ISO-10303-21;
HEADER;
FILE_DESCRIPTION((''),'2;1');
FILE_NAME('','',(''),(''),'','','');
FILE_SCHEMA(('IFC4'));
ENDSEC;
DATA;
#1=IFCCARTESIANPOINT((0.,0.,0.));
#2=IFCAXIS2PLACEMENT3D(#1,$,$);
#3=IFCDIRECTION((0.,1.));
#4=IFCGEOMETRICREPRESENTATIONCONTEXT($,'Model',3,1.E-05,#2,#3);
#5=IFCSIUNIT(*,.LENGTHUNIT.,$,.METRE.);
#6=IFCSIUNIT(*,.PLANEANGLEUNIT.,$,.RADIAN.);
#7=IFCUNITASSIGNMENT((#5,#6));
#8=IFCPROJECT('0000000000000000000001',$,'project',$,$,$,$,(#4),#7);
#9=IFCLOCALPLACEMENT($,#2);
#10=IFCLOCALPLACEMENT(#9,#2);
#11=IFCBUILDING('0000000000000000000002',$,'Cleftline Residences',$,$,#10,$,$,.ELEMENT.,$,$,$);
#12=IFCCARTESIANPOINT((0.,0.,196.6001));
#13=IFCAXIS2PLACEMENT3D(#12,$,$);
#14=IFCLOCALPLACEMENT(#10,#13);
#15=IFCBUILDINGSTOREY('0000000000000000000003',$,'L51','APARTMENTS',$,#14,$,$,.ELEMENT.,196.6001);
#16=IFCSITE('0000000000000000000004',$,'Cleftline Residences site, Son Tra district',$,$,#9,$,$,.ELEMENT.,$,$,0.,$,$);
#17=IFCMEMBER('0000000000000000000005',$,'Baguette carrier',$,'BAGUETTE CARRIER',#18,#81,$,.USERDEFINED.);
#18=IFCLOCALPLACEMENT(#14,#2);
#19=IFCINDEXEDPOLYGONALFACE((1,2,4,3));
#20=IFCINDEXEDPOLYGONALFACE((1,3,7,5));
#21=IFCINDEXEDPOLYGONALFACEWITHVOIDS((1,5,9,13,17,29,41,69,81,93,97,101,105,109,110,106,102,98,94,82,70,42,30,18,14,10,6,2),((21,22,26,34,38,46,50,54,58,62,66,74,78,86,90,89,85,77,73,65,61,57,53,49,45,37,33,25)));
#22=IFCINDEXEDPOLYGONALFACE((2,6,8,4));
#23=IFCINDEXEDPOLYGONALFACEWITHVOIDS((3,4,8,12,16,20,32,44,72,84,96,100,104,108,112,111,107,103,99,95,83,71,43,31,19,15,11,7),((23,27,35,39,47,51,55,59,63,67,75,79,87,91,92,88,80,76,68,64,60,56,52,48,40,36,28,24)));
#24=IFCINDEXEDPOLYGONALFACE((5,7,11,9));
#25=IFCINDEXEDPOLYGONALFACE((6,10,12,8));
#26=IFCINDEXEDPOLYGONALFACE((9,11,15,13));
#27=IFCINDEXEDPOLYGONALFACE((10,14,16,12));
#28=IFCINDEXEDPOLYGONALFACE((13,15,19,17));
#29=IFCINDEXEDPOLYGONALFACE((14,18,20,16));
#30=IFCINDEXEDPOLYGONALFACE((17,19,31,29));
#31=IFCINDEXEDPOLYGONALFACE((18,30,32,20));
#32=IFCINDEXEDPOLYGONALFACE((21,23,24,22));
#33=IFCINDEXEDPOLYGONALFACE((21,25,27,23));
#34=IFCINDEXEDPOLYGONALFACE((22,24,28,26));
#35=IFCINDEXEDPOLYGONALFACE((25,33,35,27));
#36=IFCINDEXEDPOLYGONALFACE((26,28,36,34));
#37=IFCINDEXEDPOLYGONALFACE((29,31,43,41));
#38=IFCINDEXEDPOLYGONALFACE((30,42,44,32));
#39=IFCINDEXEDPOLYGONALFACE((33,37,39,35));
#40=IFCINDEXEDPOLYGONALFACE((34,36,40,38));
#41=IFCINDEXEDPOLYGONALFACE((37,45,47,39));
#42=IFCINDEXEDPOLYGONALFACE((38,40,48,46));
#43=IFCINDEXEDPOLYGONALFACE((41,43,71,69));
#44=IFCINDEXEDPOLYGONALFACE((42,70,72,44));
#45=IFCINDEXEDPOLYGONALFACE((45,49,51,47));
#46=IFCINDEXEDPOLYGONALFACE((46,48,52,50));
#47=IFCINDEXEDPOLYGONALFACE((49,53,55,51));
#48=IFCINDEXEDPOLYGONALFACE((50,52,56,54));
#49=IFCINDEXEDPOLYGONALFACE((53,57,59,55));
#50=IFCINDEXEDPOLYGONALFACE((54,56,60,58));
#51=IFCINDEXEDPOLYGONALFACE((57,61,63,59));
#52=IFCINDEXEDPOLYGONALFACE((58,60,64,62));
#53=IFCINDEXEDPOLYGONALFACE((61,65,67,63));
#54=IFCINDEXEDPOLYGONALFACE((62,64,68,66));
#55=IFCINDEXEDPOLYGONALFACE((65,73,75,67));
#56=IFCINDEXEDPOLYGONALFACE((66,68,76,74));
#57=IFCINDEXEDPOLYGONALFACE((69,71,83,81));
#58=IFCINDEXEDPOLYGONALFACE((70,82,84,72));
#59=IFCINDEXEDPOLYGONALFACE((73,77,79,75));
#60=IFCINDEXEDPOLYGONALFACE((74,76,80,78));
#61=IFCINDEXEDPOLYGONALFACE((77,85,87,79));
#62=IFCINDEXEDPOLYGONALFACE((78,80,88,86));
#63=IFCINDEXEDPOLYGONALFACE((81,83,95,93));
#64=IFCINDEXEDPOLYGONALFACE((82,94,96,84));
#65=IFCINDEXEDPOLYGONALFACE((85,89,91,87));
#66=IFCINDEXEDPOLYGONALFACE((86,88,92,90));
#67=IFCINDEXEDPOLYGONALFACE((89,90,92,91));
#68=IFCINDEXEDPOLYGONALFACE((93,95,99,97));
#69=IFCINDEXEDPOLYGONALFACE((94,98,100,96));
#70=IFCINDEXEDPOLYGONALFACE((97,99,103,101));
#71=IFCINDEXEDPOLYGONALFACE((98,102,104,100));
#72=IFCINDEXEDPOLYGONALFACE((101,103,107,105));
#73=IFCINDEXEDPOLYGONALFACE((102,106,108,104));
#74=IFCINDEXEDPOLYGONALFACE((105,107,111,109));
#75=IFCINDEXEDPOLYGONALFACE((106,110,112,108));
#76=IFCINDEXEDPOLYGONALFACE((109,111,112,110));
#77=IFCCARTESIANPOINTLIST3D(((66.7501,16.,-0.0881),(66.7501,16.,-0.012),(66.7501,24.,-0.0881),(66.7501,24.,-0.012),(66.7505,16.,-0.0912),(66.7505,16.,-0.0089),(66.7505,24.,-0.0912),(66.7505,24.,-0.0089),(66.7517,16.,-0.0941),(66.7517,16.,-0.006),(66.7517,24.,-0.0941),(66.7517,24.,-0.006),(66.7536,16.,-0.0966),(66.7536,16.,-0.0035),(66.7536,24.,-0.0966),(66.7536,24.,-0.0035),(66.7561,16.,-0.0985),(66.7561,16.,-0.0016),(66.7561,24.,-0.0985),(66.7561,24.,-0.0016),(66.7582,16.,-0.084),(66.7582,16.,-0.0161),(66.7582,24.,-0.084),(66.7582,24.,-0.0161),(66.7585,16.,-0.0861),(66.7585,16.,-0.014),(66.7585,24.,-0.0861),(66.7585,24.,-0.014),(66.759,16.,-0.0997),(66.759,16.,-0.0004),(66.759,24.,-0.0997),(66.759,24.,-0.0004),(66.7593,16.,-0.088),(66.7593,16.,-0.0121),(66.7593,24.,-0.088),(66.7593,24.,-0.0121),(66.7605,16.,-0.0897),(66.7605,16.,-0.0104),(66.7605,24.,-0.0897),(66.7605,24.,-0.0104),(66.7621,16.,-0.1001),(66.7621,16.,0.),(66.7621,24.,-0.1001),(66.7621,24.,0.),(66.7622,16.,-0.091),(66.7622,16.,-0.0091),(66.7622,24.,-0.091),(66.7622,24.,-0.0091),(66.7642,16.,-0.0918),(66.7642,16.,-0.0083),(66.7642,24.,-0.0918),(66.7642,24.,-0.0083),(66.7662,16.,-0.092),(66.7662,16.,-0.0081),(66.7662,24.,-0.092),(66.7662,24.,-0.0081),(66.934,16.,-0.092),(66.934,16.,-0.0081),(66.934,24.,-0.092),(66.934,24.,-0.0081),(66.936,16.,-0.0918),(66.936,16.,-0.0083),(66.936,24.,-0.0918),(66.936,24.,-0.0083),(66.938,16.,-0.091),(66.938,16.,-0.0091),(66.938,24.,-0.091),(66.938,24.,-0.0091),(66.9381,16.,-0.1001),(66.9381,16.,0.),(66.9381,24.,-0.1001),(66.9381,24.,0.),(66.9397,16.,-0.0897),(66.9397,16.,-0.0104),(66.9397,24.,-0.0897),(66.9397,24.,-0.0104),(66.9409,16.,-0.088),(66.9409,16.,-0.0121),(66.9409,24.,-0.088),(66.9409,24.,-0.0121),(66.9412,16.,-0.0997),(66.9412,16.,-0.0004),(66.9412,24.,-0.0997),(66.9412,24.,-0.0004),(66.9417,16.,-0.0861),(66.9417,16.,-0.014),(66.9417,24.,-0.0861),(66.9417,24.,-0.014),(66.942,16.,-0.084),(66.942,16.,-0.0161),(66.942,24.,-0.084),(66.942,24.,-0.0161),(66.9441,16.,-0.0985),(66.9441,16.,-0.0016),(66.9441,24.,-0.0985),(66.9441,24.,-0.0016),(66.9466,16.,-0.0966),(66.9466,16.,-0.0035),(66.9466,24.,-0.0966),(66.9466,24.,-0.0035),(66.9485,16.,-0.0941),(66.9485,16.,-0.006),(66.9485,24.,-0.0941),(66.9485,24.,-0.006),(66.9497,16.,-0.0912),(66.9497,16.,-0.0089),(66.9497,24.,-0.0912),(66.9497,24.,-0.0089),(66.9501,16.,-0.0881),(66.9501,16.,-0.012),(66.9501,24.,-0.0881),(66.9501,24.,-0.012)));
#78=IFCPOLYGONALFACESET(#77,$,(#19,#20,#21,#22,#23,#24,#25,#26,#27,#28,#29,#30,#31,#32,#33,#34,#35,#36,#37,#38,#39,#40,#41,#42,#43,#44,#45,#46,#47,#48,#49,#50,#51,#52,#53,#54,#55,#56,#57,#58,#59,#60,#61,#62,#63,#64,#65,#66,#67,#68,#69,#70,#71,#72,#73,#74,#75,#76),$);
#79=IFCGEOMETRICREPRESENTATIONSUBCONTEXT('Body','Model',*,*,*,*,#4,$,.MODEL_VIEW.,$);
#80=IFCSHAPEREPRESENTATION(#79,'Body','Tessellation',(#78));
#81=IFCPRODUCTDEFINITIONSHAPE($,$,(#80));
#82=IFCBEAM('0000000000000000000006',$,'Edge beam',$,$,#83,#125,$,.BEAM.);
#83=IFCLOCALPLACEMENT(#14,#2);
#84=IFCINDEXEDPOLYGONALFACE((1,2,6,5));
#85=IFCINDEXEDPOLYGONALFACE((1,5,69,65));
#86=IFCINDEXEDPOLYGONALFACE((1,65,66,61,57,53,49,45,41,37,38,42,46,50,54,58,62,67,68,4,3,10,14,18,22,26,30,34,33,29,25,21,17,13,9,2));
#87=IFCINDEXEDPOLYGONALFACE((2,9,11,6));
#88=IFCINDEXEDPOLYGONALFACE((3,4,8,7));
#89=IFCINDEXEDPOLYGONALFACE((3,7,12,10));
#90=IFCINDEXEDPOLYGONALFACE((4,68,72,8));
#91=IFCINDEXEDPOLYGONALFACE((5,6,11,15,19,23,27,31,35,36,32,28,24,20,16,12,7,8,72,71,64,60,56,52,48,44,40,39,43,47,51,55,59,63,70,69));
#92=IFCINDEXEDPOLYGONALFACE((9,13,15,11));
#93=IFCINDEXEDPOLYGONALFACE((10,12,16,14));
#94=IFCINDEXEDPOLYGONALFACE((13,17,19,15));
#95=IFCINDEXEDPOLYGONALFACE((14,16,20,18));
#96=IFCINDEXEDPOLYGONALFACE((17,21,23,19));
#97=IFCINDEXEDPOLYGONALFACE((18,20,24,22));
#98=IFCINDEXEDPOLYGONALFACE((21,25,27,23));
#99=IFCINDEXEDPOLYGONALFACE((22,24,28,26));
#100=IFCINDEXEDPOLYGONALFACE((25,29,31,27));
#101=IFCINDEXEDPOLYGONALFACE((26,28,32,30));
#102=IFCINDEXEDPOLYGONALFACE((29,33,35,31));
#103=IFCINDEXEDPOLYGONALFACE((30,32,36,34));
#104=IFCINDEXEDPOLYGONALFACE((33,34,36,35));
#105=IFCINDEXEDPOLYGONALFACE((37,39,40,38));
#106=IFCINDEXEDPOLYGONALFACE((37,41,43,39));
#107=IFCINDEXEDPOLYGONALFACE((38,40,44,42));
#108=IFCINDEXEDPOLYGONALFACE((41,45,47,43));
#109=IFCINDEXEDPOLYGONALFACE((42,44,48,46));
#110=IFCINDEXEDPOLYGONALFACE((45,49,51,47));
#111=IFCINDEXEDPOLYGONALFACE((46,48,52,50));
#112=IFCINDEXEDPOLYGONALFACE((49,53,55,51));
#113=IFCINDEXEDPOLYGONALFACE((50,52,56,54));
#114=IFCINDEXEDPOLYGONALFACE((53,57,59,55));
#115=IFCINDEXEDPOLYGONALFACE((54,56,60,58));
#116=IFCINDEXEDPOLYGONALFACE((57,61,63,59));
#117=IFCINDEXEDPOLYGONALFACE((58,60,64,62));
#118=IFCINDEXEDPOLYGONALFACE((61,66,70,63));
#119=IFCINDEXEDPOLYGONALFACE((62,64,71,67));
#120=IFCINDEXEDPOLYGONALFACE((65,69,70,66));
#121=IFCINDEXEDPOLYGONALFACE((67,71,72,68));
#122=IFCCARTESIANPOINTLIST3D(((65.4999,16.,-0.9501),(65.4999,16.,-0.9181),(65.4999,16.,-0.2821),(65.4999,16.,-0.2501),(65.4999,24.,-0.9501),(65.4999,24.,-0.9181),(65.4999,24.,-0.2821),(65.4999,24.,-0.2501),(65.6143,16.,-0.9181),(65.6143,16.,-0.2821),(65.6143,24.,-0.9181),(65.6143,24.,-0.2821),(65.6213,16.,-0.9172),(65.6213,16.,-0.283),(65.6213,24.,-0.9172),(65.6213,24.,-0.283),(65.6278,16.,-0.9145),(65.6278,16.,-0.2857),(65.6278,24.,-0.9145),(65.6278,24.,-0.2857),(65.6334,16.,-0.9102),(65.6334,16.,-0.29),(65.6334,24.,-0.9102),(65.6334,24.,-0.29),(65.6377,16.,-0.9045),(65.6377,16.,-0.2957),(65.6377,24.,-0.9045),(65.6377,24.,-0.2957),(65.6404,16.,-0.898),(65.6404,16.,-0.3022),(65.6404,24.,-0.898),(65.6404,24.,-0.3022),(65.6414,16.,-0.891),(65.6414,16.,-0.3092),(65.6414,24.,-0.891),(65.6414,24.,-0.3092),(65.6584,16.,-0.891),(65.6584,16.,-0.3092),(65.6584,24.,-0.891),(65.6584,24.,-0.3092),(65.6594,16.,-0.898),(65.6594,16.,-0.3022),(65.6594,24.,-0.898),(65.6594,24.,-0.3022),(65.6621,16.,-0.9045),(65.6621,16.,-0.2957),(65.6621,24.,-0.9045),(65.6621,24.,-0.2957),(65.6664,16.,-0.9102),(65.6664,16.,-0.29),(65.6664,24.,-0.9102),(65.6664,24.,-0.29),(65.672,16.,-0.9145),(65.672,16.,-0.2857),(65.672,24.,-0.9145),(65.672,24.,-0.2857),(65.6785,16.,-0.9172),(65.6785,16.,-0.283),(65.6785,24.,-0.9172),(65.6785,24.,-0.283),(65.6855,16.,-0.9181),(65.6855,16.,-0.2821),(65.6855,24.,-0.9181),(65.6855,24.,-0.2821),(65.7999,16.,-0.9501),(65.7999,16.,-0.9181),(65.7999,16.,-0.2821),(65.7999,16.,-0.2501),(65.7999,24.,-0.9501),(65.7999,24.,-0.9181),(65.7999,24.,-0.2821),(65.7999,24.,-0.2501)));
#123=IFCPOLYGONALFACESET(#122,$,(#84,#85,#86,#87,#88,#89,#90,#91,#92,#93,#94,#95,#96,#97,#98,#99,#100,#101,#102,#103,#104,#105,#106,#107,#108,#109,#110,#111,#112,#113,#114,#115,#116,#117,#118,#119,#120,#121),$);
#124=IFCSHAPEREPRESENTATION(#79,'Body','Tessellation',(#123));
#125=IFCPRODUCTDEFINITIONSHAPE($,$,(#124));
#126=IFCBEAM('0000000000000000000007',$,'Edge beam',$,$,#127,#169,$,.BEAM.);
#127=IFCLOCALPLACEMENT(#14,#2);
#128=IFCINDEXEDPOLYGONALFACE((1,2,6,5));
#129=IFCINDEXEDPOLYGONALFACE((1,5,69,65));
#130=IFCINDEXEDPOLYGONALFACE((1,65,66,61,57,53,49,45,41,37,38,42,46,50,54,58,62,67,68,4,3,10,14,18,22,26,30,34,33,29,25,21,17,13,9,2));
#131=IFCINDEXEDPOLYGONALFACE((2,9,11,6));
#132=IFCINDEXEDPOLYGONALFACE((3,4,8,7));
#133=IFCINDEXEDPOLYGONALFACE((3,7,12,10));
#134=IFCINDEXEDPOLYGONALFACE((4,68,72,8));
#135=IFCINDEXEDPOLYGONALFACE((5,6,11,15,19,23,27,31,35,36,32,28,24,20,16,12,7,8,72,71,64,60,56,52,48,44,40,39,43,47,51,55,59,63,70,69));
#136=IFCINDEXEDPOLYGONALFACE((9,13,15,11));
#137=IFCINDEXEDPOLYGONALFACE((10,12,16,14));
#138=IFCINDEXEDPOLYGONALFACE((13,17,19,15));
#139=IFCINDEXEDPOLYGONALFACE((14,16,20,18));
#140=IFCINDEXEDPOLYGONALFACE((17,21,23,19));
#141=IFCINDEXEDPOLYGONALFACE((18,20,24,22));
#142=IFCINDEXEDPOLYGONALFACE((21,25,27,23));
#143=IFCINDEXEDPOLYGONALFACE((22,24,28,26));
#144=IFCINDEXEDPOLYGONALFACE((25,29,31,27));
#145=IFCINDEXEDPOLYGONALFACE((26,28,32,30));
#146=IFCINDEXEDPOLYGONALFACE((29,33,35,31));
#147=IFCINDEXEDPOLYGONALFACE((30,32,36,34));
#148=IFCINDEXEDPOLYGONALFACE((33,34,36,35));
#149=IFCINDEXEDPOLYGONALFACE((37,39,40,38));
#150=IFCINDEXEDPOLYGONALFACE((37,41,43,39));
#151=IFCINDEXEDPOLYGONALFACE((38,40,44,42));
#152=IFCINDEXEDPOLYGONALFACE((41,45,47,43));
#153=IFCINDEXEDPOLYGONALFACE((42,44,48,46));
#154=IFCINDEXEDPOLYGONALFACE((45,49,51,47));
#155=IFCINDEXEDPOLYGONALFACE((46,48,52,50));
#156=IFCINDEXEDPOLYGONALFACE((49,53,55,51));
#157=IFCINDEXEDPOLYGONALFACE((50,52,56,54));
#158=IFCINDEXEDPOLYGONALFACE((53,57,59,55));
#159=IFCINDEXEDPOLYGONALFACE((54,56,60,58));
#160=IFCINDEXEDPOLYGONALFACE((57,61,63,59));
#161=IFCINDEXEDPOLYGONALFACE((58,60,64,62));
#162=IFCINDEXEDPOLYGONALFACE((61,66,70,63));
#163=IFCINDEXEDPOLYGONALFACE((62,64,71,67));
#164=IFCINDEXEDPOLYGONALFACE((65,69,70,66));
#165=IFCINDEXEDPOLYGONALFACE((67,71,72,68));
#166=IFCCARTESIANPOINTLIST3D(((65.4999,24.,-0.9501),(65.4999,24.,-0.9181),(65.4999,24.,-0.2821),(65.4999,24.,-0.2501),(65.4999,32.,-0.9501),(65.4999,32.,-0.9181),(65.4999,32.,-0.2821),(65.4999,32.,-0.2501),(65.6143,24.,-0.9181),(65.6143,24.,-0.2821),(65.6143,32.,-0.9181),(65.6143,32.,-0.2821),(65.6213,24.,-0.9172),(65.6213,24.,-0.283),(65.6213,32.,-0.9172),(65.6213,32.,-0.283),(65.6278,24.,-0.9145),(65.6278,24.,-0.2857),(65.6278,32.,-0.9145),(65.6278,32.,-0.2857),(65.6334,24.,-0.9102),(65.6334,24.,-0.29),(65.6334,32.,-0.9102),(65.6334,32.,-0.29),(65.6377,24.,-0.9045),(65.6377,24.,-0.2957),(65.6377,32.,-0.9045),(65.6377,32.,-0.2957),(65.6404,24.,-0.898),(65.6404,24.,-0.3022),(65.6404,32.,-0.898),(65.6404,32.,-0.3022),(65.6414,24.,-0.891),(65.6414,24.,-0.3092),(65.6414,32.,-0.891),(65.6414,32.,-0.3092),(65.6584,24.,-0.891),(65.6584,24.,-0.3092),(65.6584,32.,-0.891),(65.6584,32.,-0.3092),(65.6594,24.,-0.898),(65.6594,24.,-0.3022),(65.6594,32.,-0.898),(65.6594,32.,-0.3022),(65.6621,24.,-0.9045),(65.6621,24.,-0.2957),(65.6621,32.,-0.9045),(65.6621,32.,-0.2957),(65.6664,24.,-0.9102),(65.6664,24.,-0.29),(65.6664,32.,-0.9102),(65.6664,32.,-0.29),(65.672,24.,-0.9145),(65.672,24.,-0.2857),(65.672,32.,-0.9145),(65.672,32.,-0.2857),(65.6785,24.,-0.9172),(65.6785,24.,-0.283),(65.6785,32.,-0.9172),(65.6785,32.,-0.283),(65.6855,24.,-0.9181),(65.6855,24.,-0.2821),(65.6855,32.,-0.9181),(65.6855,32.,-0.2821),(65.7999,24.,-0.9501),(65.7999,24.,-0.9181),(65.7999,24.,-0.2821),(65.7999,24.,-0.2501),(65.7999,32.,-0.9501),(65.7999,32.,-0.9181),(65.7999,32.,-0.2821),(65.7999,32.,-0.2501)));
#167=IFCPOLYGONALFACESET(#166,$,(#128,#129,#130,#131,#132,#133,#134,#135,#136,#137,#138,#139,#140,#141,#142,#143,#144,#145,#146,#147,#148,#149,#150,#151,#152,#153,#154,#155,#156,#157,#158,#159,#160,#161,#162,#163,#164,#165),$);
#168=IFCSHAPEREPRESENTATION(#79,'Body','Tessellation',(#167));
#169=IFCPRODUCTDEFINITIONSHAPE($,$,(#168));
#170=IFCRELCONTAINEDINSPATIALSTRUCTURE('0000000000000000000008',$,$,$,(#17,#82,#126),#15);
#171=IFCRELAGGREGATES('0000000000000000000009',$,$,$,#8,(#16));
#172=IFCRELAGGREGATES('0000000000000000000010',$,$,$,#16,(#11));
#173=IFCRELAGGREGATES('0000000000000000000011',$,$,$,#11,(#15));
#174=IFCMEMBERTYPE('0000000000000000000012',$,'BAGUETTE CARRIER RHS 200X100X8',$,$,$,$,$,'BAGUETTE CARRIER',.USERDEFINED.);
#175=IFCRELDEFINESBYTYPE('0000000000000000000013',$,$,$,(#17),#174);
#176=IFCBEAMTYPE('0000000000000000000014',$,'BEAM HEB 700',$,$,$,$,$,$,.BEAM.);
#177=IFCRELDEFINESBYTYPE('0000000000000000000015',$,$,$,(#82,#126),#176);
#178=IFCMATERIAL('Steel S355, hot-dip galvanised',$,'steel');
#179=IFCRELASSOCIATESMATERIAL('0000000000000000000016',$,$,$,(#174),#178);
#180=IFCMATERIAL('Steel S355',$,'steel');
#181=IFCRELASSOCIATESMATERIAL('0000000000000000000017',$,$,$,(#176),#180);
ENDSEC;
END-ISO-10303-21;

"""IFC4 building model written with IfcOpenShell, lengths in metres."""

from ifc_helpers import new_model, si_unit, direction, frame, origin, origin_2d, place, context, subcontext, project, spatial, hollow_rectangle, i_section, extrude, material, material_profile, profile_set, type_object, element, save


model = new_model("IFC4")

# Units and contexts
model_context = context("Model", 3, precision=1e-05, world=origin(), true_north=direction((0.0, 1.0)))
body_context = subcontext(model_context, "Body", "Model", "MODEL_VIEW")
ifc_project = project(units=[si_unit("LENGTHUNIT", "METRE"), si_unit("PLANEANGLEUNIT", "RADIAN")], contexts=[model_context])

# Site, building, storey
site_placement = place(None, origin())
site = spatial("IfcSite", under=ifc_project, at=site_placement, Name="Cleftline Residences site, Son Tra district", CompositionType="ELEMENT", RefElevation=0.0)
building_placement = place(site_placement, origin())
building = spatial("IfcBuilding", under=site, at=building_placement, Name="Cleftline Residences", CompositionType="ELEMENT")
storey_placement = place(building_placement, frame((0.0, 0.0, 196.6001)))
storey = spatial("IfcBuildingStorey", under=building, at=storey_placement, Name="L51", Description="APARTMENTS", CompositionType="ELEMENT", Elevation=196.6001)

# Member
ifc_material_1 = material(Name="Steel S355, hot-dip galvanised", Category="steel")
ifc_material_profile_1 = material_profile(ifc_material_1, hollow_rectangle(XDim=0.1001, YDim=0.2, WallThickness=0.0081, InnerFilletRadius=0.0081, OuterFilletRadius=0.012, at=origin_2d()))
ifc_profile_set_1 = profile_set([ifc_material_profile_1], Name="Steel S355, hot-dip galvanised")
member_type_1 = type_object("IfcMemberType", Name="BAGUETTE CARRIER RHS 200X100X8", ElementType="BAGUETTE CARRIER", PredefinedType="USERDEFINED", material=ifc_profile_set_1)
member_placement = place(storey_placement, frame((66.8501, 16.0, -0.05), z_axis=(0.0, 1.0, 0.0), x_axis=(0.0, 0.0, 1.0)))
element("IfcMember", 1, at=member_placement, inside=storey, type_object=member_type_1, Name="Baguette carrier", ObjectType="BAGUETTE CARRIER", PredefinedType="USERDEFINED", context=body_context, shape_type="SweptSolid", body=[
    extrude(hollow_rectangle(XDim=0.1001, YDim=0.2, WallThickness=0.0081, InnerFilletRadius=0.0081, OuterFilletRadius=0.012, at=origin_2d()), origin(), (0.0, 0.0, 1.0), 8.0),
])

# Beams
ifc_material_2 = material(Name="Steel S355", Category="steel")
ifc_material_profile_2 = material_profile(ifc_material_2, i_section(OverallWidth=0.3, OverallDepth=0.7, WebThickness=0.0171, FlangeThickness=0.032, FilletRadius=0.0271, at=origin_2d()))
ifc_profile_set_2 = profile_set([ifc_material_profile_2], Name="Steel S355")
beam_type_1 = type_object("IfcBeamType", Name="BEAM HEB 700", PredefinedType="BEAM", material=ifc_profile_set_2)
for number, where, z_axis, x_axis, name in (
    (2, (65.6499, 16.0, -0.6001), (0.0, 1.0, 0.0), (-1.0, 0.0, 0.0), "Edge beam"),
    (3, (65.6499, 24.0, -0.6001), (0.0, 1.0, 0.0), (-1.0, 0.0, 0.0), "Edge beam"),
):
    element("IfcBeam", number, at=place(storey_placement, frame(where, z_axis=z_axis, x_axis=x_axis)), inside=storey, type_object=beam_type_1, Name=name, PredefinedType="BEAM", context=body_context, shape_type="SweptSolid", body=[
        extrude(i_section(OverallWidth=0.3, OverallDepth=0.7, WebThickness=0.0171, FlangeThickness=0.032, FilletRadius=0.0271, at=origin_2d()), origin(), (0.0, 0.0, 1.0), 8.0),
    ])

save(model, "model.ifc")
